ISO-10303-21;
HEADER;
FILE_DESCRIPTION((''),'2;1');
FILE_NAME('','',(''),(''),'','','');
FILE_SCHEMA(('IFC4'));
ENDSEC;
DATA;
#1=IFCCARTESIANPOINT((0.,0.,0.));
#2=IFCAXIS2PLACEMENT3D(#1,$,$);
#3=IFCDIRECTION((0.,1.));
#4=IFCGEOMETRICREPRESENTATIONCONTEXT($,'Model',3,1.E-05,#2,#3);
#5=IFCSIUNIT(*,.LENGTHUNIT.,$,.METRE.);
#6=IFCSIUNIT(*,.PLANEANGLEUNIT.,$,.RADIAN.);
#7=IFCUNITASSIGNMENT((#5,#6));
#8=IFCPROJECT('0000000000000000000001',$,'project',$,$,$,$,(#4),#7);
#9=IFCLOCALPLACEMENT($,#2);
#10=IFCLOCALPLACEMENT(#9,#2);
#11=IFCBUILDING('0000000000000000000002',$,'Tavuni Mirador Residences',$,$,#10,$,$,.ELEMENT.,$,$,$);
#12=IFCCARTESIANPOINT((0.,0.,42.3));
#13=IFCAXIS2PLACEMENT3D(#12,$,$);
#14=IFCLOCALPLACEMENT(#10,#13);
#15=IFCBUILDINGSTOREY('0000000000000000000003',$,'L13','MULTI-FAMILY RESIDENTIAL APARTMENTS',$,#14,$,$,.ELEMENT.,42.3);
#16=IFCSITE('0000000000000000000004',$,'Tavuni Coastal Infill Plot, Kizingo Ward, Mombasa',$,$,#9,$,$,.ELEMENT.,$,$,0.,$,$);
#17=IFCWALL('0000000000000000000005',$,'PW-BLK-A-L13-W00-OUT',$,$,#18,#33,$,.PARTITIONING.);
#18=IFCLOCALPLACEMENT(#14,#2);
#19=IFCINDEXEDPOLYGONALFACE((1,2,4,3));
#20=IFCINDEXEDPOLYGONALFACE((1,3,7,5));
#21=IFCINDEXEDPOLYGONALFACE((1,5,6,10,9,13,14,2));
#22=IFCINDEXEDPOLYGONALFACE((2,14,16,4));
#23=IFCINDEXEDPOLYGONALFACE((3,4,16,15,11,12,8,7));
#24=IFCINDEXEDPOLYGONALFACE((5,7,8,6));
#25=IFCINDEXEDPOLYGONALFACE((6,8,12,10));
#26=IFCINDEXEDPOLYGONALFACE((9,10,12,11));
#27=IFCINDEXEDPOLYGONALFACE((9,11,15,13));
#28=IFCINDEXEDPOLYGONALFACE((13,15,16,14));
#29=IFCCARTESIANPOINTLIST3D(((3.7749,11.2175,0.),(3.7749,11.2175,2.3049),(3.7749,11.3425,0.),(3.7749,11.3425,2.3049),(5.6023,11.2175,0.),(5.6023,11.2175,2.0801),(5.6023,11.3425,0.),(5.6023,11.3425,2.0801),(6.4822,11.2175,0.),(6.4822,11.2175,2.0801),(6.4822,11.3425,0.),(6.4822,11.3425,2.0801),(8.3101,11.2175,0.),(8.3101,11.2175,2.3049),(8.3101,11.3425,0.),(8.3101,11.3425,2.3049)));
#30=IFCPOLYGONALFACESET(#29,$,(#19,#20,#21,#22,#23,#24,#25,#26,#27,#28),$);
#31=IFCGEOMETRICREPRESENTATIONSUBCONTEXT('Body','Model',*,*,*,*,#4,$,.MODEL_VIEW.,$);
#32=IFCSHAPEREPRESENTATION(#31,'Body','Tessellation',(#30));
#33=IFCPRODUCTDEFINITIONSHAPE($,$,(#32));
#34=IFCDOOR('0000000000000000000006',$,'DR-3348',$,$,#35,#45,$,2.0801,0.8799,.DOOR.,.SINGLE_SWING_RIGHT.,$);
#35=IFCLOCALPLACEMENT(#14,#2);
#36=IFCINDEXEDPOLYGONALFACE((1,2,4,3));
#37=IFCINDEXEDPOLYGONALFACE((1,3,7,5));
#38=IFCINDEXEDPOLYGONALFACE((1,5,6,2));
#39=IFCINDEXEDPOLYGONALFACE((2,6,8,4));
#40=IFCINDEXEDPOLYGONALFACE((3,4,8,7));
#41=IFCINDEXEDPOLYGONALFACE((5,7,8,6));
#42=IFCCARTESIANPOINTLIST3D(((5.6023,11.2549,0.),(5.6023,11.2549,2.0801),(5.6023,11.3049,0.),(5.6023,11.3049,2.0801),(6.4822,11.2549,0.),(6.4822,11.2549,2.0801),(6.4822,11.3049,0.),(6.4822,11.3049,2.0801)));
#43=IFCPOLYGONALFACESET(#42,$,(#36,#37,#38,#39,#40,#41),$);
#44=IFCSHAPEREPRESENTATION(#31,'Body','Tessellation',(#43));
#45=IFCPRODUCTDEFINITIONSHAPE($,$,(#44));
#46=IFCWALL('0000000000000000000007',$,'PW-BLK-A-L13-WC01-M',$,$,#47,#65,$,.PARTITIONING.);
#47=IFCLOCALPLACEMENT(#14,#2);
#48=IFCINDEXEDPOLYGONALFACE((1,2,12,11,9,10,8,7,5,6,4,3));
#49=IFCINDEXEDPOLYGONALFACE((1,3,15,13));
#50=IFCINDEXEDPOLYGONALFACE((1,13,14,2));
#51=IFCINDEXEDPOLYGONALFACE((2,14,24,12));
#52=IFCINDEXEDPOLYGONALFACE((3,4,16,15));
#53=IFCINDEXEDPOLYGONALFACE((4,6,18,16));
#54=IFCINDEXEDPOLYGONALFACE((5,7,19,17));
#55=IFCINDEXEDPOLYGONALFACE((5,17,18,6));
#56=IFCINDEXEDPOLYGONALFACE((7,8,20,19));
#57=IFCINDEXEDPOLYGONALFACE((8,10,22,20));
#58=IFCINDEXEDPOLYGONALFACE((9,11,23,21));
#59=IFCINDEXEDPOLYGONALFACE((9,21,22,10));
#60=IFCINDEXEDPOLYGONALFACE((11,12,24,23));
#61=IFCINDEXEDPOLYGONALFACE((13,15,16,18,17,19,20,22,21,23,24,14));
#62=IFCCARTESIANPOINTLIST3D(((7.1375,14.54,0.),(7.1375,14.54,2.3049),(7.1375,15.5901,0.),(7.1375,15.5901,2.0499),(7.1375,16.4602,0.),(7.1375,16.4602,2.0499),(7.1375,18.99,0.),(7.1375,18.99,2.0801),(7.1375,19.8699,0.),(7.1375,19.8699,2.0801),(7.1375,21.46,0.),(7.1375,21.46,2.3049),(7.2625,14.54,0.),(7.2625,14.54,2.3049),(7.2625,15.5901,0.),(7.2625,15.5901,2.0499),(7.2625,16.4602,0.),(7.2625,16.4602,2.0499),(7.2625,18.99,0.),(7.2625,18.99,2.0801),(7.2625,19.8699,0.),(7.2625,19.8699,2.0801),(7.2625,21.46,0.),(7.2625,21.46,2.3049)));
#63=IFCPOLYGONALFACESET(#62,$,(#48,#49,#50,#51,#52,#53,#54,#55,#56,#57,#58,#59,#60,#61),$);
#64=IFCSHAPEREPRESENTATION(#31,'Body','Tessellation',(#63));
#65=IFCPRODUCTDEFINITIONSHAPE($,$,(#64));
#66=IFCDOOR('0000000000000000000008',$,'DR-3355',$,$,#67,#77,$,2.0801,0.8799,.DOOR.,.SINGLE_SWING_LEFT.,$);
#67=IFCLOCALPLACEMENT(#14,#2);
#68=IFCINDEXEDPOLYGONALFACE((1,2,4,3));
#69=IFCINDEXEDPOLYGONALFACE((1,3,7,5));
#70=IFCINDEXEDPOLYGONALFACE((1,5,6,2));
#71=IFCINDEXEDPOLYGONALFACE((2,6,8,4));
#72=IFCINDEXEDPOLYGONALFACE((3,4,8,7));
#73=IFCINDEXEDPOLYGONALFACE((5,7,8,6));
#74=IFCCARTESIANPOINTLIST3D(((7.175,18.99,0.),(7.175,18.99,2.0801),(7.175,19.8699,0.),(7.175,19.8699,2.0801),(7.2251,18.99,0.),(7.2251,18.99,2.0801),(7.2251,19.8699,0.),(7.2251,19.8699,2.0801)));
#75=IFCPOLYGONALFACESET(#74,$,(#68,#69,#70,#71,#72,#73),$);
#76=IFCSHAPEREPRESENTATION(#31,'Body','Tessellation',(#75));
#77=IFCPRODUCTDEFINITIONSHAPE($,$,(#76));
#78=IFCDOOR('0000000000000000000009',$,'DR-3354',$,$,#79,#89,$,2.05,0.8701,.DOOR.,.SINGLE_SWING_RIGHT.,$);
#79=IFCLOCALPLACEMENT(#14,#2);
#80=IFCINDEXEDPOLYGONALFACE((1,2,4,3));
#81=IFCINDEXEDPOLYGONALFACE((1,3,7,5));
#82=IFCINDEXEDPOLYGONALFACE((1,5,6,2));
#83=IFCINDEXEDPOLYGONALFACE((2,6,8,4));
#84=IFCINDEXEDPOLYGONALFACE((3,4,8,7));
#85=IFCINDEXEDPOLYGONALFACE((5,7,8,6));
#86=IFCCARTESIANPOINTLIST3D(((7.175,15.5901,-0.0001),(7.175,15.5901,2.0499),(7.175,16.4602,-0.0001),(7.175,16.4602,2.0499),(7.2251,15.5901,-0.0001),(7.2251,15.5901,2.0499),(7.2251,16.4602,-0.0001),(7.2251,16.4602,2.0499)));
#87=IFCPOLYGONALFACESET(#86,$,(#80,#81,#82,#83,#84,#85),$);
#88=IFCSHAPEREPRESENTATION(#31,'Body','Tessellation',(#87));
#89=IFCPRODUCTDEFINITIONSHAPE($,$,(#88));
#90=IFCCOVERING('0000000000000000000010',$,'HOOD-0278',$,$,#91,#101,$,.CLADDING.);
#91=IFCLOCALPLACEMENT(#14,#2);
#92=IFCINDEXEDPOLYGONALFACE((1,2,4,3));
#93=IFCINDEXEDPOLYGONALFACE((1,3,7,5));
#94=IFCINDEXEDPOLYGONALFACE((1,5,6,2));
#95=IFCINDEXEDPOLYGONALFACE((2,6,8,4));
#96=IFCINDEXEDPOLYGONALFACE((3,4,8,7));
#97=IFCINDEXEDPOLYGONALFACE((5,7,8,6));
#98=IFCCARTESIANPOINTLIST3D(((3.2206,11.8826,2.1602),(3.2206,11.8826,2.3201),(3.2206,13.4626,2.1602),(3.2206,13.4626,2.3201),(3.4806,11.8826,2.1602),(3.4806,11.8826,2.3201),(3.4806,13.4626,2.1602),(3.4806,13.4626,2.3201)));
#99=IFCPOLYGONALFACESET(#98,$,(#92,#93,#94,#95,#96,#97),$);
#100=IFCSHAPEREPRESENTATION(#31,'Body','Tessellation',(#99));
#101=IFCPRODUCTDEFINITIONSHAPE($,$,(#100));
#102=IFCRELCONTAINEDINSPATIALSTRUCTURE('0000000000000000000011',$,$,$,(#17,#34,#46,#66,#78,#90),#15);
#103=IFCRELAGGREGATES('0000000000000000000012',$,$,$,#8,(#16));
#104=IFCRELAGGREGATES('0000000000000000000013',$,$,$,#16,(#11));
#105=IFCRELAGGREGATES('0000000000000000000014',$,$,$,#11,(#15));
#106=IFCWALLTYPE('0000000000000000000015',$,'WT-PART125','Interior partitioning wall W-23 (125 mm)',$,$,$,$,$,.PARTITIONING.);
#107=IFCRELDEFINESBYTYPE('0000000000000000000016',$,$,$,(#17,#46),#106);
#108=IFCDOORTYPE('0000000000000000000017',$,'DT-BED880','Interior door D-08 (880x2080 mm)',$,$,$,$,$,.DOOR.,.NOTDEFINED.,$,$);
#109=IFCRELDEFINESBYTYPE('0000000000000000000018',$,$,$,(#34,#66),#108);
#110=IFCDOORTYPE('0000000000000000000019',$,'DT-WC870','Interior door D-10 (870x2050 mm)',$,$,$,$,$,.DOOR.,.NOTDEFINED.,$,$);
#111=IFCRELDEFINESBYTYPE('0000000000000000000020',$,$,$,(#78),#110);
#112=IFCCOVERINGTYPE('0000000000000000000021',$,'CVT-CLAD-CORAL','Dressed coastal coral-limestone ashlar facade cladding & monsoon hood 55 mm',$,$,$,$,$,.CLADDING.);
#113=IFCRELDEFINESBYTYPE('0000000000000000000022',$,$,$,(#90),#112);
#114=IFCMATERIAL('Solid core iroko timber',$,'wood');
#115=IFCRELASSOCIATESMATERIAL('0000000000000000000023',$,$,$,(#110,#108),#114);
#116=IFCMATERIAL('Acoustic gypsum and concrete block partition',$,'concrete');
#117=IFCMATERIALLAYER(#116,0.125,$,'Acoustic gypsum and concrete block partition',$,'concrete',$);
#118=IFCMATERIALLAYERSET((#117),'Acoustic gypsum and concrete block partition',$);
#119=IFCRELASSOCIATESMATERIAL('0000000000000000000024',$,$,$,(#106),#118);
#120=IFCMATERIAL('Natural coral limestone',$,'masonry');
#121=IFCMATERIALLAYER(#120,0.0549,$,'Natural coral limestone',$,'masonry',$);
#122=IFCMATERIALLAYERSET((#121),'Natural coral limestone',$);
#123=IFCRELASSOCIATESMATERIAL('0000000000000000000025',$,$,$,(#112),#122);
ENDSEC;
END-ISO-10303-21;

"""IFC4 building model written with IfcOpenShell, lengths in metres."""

from ifc_helpers import new_model, si_unit, direction, frame, frame_2d, origin, origin_2d, place, context, subcontext, project, spatial, rectangle, extrude, material, layer, layer_set, type_object, element, fill, save


model = new_model("IFC4")

# Units and contexts
model_context = context("Model", 3, precision=1e-05, world=origin(), true_north=direction((0.0, 1.0)))
body_context = subcontext(model_context, "Body", "Model", "MODEL_VIEW")
ifc_project = project(units=[si_unit("LENGTHUNIT", "METRE"), si_unit("PLANEANGLEUNIT", "RADIAN")], contexts=[model_context])

# Site, building, storey
site_placement = place(None, origin())
site = spatial("IfcSite", under=ifc_project, at=site_placement, Name="Tavuni Coastal Infill Plot, Kizingo Ward, Mombasa", CompositionType="ELEMENT", RefElevation=0.0)
building_placement = place(site_placement, origin())
building = spatial("IfcBuilding", under=site, at=building_placement, Name="Tavuni Mirador Residences", CompositionType="ELEMENT")
storey_placement = place(building_placement, frame((0.0, 0.0, 42.3)))
storey = spatial("IfcBuildingStorey", under=building, at=storey_placement, Name="L13", Description="MULTI-FAMILY RESIDENTIAL APARTMENTS", CompositionType="ELEMENT", Elevation=42.3)

# Wall, opening, door
ifc_material_1 = material(Name="Acoustic gypsum and concrete block partition", Category="concrete")
ifc_material_2 = material(Name="Solid core iroko timber", Category="wood")
door_type_1 = type_object("IfcDoorType", Name="DT-WC870", Description="Interior door D-10 (870x2050 mm)", OperationType="NOTDEFINED", PredefinedType="DOOR", material=ifc_material_2)
ifc_layer_1 = layer(ifc_material_1, 0.125, Name="Acoustic gypsum and concrete block partition", Category="concrete")
ifc_layer_set_1 = layer_set([ifc_layer_1], Name="Acoustic gypsum and concrete block partition")
wall_type_1 = type_object("IfcWallType", Name="WT-PART125", Description="Interior partitioning wall W-23 (125 mm)", PredefinedType="PARTITIONING", material=ifc_layer_set_1)
wall_1_placement = place(storey_placement, frame((3.7749, 11.28, 0.0), z_axis=(0.0, 0.0, 1.0), x_axis=(1.0, 0.0, 0.0)))
wall_1 = element("IfcWall", 1, at=wall_1_placement, inside=storey, type_object=wall_type_1, Name="PW-BLK-A-L13-W00-OUT", PredefinedType="PARTITIONING", context=body_context, shape_type="SweptSolid", body=[
    extrude(rectangle(XDim=4.5352, YDim=0.125, at=frame_2d((2.2676, 0.0))), origin(), (0.0, 0.0, 1.0), 2.3049),
])
opening_1_placement = place(wall_1_placement, frame((1.8274, 0.0, 0.0)))
opening_1 = element("IfcOpeningElement", 2, at=opening_1_placement, cuts=wall_1, PredefinedType="OPENING", context=body_context, shape_type="SweptSolid", body=[
    extrude(rectangle(XDim=0.8799, YDim=2.0801, at=frame_2d((0.4399, 1.04))), frame((0.0, 0.0725, 0.0), z_axis=(0.0, -1.0, 0.0), x_axis=(1.0, 0.0, 0.0)), (0.0, 0.0, 1.0), 0.145),
])
door_type_2 = type_object("IfcDoorType", Name="DT-BED880", Description="Interior door D-08 (880x2080 mm)", OperationType="NOTDEFINED", PredefinedType="DOOR", material=ifc_material_2)
door_1_placement = place(opening_1_placement, origin())
door_1 = element("IfcDoor", 3, at=door_1_placement, inside=storey, type_object=door_type_2, Name="DR-3348", OperationType="SINGLE_SWING_RIGHT", OverallHeight=2.0801, OverallWidth=0.8799, PredefinedType="DOOR", context=body_context, shape_type="SweptSolid", body=[
    extrude(rectangle(XDim=0.8799, YDim=2.0801, at=frame_2d((0.4399, 1.04))), frame((0.0, 0.0249, 0.0), z_axis=(0.0, -1.0, 0.0), x_axis=(1.0, 0.0, 0.0)), (0.0, 0.0, 1.0), 0.05),
])
fill(opening_1, door_1)

# Wall, openings, doors
wall_2_placement = place(storey_placement, frame((7.2, 14.54, 0.0), z_axis=(0.0, 0.0, 1.0), x_axis=(0.0, 1.0, 0.0)))
wall_2 = element("IfcWall", 4, at=wall_2_placement, inside=storey, type_object=wall_type_1, Name="PW-BLK-A-L13-WC01-M", PredefinedType="PARTITIONING", context=body_context, shape_type="SweptSolid", body=[
    extrude(rectangle(XDim=6.9199, YDim=0.125, at=frame_2d((3.46, 0.0))), origin(), (0.0, 0.0, 1.0), 2.3049),
])
opening_2_placement = place(wall_2_placement, frame((1.05, 0.0, 0.0)))
opening_2 = element("IfcOpeningElement", 5, at=opening_2_placement, cuts=wall_2, PredefinedType="OPENING", context=body_context, shape_type="SweptSolid", body=[
    extrude(rectangle(XDim=0.8701, YDim=2.05, at=frame_2d((0.4351, 1.0249))), frame((0.0, 0.0725, 0.0), z_axis=(0.0, -1.0, 0.0), x_axis=(1.0, 0.0, 0.0)), (0.0, 0.0, 1.0), 0.145),
])
opening_3_placement = place(wall_2_placement, frame((4.45, 0.0, 0.0)))
opening_3 = element("IfcOpeningElement", 6, at=opening_3_placement, cuts=wall_2, PredefinedType="OPENING", context=body_context, shape_type="SweptSolid", body=[
    extrude(rectangle(XDim=0.8799, YDim=2.0801, at=frame_2d((0.4399, 1.04))), frame((0.0, 0.0725, 0.0), z_axis=(0.0, -1.0, 0.0), x_axis=(1.0, 0.0, 0.0)), (0.0, 0.0, 1.0), 0.145),
])
door_2_placement = place(opening_3_placement, origin())
door_2 = element("IfcDoor", 7, at=door_2_placement, inside=storey, type_object=door_type_2, Name="DR-3355", OperationType="SINGLE_SWING_LEFT", OverallHeight=2.0801, OverallWidth=0.8799, PredefinedType="DOOR", context=body_context, shape_type="SweptSolid", body=[
    extrude(rectangle(XDim=0.8799, YDim=2.0801, at=frame_2d((0.4399, 1.04))), frame((0.0, 0.0249, 0.0), z_axis=(0.0, -1.0, 0.0), x_axis=(1.0, 0.0, 0.0)), (0.0, 0.0, 1.0), 0.05),
])
fill(opening_3, door_2)
door_3_placement = place(opening_2_placement, origin())
door_3 = element("IfcDoor", 8, at=door_3_placement, inside=storey, type_object=door_type_1, Name="DR-3354", OperationType="SINGLE_SWING_RIGHT", OverallHeight=2.05, OverallWidth=0.8701, PredefinedType="DOOR", context=body_context, shape_type="SweptSolid", body=[
    extrude(rectangle(XDim=0.8701, YDim=2.05, at=frame_2d((0.4351, 1.0249))), frame((0.0, 0.0249, 0.0), z_axis=(0.0, -1.0, 0.0), x_axis=(1.0, 0.0, 0.0)), (0.0, 0.0, 1.0), 0.05),
])
fill(opening_2, door_3)

# Covering
ifc_material_3 = material(Name="Natural coral limestone", Category="masonry")
ifc_layer_2 = layer(ifc_material_3, 0.0549, Name="Natural coral limestone", Category="masonry")
ifc_layer_set_2 = layer_set([ifc_layer_2], Name="Natural coral limestone")
covering_type = type_object("IfcCoveringType", Name="CVT-CLAD-CORAL", Description="Dressed coastal coral-limestone ashlar facade cladding & monsoon hood 55 mm", PredefinedType="CLADDING", material=ifc_layer_set_2)
covering_placement = place(storey_placement, frame((3.3506, 12.6726, 2.1602), z_axis=(0.0, 0.0, 1.0), x_axis=(0.0, -1.0, 0.0)))
element("IfcCovering", 9, at=covering_placement, inside=storey, type_object=covering_type, Name="HOOD-0278", PredefinedType="CLADDING", context=body_context, shape_type="SweptSolid", body=[
    extrude(rectangle(XDim=1.5801, YDim=0.26, at=origin_2d()), origin(), (0.0, 0.0, 1.0), 0.1599),
])

save(model, "model.ifc")
